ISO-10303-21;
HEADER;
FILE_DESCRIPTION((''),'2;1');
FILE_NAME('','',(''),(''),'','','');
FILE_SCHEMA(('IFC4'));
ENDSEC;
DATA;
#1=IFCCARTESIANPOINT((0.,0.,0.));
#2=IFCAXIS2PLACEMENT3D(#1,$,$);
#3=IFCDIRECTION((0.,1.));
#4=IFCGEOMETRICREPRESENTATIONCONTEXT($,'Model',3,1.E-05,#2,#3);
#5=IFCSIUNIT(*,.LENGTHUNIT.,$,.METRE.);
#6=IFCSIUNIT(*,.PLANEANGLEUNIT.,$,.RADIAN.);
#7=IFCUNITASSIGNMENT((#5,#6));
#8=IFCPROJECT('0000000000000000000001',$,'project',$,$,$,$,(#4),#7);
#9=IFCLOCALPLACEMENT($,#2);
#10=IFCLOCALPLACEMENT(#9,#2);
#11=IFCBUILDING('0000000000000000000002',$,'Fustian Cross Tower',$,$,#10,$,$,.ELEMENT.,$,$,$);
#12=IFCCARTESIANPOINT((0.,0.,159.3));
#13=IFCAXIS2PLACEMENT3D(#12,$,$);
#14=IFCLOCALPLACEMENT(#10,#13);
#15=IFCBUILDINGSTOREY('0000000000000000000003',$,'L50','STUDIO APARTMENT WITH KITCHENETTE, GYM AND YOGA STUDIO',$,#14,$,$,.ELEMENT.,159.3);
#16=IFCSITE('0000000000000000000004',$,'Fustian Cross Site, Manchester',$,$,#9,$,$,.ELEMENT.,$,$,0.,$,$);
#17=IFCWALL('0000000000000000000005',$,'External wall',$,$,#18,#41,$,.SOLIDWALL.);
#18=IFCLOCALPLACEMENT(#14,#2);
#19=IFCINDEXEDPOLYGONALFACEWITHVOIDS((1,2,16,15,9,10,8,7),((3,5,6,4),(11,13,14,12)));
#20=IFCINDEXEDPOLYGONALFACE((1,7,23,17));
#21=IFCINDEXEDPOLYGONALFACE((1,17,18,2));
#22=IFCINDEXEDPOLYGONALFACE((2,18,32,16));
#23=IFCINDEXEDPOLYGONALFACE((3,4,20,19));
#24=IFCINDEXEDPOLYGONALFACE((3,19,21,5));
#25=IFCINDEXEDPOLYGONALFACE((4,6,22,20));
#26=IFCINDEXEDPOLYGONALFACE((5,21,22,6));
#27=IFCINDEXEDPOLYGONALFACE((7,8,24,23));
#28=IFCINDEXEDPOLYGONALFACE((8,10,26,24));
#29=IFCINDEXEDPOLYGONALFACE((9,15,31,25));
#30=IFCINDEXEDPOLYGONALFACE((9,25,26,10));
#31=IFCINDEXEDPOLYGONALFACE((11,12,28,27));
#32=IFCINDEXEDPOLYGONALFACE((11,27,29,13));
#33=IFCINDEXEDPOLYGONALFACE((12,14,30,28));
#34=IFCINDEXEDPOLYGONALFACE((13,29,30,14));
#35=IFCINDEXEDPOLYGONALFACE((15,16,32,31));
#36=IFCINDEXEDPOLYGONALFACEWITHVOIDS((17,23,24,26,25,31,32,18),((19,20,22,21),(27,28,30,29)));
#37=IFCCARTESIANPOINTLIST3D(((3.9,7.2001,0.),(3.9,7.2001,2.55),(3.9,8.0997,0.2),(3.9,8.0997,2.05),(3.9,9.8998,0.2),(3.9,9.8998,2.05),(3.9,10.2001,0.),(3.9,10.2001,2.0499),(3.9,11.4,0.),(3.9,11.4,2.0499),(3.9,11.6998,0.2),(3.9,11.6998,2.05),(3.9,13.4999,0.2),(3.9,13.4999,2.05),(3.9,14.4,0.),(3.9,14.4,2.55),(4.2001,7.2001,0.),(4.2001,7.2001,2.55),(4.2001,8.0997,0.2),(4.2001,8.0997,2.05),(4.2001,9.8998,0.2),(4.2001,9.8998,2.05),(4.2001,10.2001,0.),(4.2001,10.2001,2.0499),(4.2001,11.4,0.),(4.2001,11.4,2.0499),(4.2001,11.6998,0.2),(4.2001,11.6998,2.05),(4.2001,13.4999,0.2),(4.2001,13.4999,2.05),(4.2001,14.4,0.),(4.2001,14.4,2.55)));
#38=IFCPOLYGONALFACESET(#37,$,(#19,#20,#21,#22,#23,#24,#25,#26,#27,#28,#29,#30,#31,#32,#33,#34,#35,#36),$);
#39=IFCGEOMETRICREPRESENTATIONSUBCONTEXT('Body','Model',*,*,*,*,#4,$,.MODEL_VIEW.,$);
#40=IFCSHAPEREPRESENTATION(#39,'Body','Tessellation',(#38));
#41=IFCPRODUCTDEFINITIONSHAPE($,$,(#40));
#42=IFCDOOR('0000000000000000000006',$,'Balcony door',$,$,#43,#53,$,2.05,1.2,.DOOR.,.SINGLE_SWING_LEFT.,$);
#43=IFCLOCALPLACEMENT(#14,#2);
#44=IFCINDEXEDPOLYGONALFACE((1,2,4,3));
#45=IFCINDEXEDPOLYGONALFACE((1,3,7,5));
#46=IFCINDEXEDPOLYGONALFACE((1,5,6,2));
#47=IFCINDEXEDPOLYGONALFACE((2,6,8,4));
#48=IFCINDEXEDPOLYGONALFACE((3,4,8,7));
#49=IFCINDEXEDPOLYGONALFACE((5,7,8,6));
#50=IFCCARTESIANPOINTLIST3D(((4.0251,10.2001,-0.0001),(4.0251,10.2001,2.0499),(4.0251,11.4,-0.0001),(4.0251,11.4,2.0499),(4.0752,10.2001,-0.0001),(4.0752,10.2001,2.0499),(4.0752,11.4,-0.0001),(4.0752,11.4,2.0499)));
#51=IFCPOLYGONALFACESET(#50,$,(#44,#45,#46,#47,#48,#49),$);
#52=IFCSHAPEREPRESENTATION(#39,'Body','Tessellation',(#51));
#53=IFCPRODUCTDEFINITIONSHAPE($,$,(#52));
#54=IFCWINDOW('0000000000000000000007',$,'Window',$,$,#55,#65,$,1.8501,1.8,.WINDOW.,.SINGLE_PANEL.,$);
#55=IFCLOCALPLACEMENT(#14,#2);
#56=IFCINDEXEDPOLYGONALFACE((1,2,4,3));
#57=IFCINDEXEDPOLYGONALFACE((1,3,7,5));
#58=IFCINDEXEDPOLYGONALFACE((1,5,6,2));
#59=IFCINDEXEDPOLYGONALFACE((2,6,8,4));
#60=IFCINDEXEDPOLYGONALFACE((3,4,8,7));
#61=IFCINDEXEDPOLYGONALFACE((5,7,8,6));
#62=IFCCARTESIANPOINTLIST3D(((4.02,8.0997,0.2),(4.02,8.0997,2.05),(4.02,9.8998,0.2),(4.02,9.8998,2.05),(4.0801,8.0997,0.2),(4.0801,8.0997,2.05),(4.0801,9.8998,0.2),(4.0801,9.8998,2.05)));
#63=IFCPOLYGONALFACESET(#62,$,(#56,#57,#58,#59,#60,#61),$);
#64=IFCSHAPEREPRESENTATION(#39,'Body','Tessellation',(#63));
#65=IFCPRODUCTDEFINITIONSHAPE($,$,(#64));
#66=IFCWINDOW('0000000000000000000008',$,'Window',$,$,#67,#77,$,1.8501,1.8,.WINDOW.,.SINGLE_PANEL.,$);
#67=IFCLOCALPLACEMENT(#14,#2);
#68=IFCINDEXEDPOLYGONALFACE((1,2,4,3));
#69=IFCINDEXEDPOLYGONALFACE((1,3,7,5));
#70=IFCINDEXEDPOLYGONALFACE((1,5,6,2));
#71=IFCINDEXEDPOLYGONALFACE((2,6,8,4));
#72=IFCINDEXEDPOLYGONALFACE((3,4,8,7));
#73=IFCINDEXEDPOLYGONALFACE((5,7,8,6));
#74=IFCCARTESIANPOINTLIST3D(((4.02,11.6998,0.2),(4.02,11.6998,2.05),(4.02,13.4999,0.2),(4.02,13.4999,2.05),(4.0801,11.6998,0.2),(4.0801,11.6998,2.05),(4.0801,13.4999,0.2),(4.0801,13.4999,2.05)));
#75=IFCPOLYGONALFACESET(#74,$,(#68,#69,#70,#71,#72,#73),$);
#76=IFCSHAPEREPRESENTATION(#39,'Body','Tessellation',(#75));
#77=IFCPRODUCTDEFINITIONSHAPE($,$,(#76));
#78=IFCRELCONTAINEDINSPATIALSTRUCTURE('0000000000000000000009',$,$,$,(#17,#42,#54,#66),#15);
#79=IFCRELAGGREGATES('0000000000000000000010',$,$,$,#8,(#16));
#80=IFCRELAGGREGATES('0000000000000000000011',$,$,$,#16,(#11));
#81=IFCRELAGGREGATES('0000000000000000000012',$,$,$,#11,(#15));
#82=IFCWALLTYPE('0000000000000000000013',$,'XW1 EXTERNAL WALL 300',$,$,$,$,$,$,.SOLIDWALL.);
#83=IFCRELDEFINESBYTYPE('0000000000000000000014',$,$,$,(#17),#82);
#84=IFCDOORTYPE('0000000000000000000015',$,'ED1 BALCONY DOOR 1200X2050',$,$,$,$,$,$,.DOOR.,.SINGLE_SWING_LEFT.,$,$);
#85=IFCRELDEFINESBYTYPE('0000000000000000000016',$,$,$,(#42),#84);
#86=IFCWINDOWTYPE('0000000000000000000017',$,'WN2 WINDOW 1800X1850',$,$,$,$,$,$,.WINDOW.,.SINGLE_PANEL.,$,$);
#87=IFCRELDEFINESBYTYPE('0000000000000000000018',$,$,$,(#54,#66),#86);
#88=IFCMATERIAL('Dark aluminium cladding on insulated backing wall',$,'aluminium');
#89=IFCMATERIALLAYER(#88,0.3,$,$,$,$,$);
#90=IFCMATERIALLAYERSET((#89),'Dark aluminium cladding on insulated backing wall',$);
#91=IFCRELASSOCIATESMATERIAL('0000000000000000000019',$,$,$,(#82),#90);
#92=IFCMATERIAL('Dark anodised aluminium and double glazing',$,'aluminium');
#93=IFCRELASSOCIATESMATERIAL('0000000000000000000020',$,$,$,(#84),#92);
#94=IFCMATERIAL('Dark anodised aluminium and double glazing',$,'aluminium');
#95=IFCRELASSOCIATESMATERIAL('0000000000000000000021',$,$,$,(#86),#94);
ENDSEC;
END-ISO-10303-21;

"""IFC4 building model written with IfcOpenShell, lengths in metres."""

from ifc_helpers import new_model, si_unit, direction, frame, frame_2d, origin, place, context, subcontext, project, spatial, rectangle, extrude, material, layer, layer_set, type_object, element, fill, save


model = new_model("IFC4")

# Units and contexts
model_context = context("Model", 3, precision=1e-05, world=origin(), true_north=direction((0.0, 1.0)))
body_context = subcontext(model_context, "Body", "Model", "MODEL_VIEW")
ifc_project = project(units=[si_unit("LENGTHUNIT", "METRE"), si_unit("PLANEANGLEUNIT", "RADIAN")], contexts=[model_context])

# Site, building, storey
site_placement = place(None, origin())
site = spatial("IfcSite", under=ifc_project, at=site_placement, Name="Fustian Cross Site, Manchester", CompositionType="ELEMENT", RefElevation=0.0)
building_placement = place(site_placement, origin())
building = spatial("IfcBuilding", under=site, at=building_placement, Name="Fustian Cross Tower", CompositionType="ELEMENT")
storey_placement = place(building_placement, frame((0.0, 0.0, 159.3)))
storey = spatial("IfcBuildingStorey", under=building, at=storey_placement, Name="L50", Description="STUDIO APARTMENT WITH KITCHENETTE, GYM AND YOGA STUDIO", CompositionType="ELEMENT", Elevation=159.3)

# Shared definitions
ifc_material_1 = material(Name="Dark aluminium cladding on insulated backing wall", Category="aluminium")
ifc_layer_1 = layer(ifc_material_1, 0.3)
ifc_layer_set_1 = layer_set([ifc_layer_1], Name="Dark aluminium cladding on insulated backing wall")
wall_type_1 = type_object("IfcWallType", Name="XW1 EXTERNAL WALL 300", PredefinedType="SOLIDWALL", material=ifc_layer_set_1)

# Wall, openings, door, windows
wall_1_placement = place(storey_placement, frame((4.05, 7.2, 0.0), z_axis=(0.0, 0.0, 1.0), x_axis=(0.0, 1.0, 0.0)))
wall_1 = element("IfcWall", 1, at=wall_1_placement, inside=storey, type_object=wall_type_1, Name="External wall", PredefinedType="SOLIDWALL", context=body_context, shape_type="SweptSolid", body=[
    extrude(rectangle(XDim=7.2, YDim=0.3, at=frame_2d((3.6001, 0.0))), origin(), (0.0, 0.0, 1.0), 2.55),
])
opening_1_placement = place(wall_1_placement, frame((3.0, 0.0, 0.0)))
opening_1 = element("IfcOpeningElement", 2, at=opening_1_placement, cuts=wall_1, PredefinedType="OPENING", context=body_context, shape_type="SweptSolid", body=[
    extrude(rectangle(XDim=1.2, YDim=2.05, at=frame_2d((0.6001, 1.0249))), frame((0.0, 0.1599, 0.0), z_axis=(0.0, -1.0, 0.0), x_axis=(1.0, 0.0, 0.0)), (0.0, 0.0, 1.0), 0.3201),
])
opening_2_placement = place(wall_1_placement, frame((0.8999, 0.0, 0.2)))
opening_2 = element("IfcOpeningElement", 3, at=opening_2_placement, cuts=wall_1, PredefinedType="OPENING", context=body_context, shape_type="SweptSolid", body=[
    extrude(rectangle(XDim=1.8, YDim=1.8501, at=frame_2d((0.8999, 0.925))), frame((0.0, 0.1599, 0.0), z_axis=(0.0, -1.0, 0.0), x_axis=(1.0, 0.0, 0.0)), (0.0, 0.0, 1.0), 0.3201),
])
opening_3_placement = place(wall_1_placement, frame((4.5, 0.0, 0.2)))
opening_3 = element("IfcOpeningElement", 4, at=opening_3_placement, cuts=wall_1, PredefinedType="OPENING", context=body_context, shape_type="SweptSolid", body=[
    extrude(rectangle(XDim=1.8, YDim=1.8501, at=frame_2d((0.8999, 0.925))), frame((0.0, 0.1599, 0.0), z_axis=(0.0, -1.0, 0.0), x_axis=(1.0, 0.0, 0.0)), (0.0, 0.0, 1.0), 0.3201),
])
ifc_material_2 = material(Name="Dark anodised aluminium and double glazing", Category="aluminium")
door_type_1 = type_object("IfcDoorType", Name="ED1 BALCONY DOOR 1200X2050", OperationType="SINGLE_SWING_LEFT", PredefinedType="DOOR", material=ifc_material_2)
door_1_placement = place(opening_1_placement, origin())
door_1 = element("IfcDoor", 5, at=door_1_placement, inside=storey, type_object=door_type_1, Name="Balcony door", OperationType="SINGLE_SWING_LEFT", OverallHeight=2.05, OverallWidth=1.2, PredefinedType="DOOR", context=body_context, shape_type="SweptSolid", body=[
    extrude(rectangle(XDim=1.2, YDim=2.05, at=frame_2d((0.6001, 1.0249))), frame((0.0, 0.0249, 0.0), z_axis=(0.0, -1.0, 0.0), x_axis=(1.0, 0.0, 0.0)), (0.0, 0.0, 1.0), 0.05),
])
fill(opening_1, door_1)
ifc_material_3 = material(Name="Dark anodised aluminium and double glazing", Category="aluminium")
window_type = type_object("IfcWindowType", Name="WN2 WINDOW 1800X1850", PartitioningType="SINGLE_PANEL", PredefinedType="WINDOW", material=ifc_material_3)
window_1_placement = place(opening_2_placement, origin())
window_1 = element("IfcWindow", 6, at=window_1_placement, inside=storey, type_object=window_type, Name="Window", OverallHeight=1.8501, OverallWidth=1.8, PartitioningType="SINGLE_PANEL", PredefinedType="WINDOW", context=body_context, shape_type="SweptSolid", body=[
    extrude(rectangle(XDim=1.8, YDim=1.8501, at=frame_2d((0.8999, 0.925))), frame((0.0, 0.03, 0.0), z_axis=(0.0, -1.0, 0.0), x_axis=(1.0, 0.0, 0.0)), (0.0, 0.0, 1.0), 0.0601),
])
fill(opening_2, window_1)
window_2_placement = place(opening_3_placement, origin())
window_2 = element("IfcWindow", 7, at=window_2_placement, inside=storey, type_object=window_type, Name="Window", OverallHeight=1.8501, OverallWidth=1.8, PartitioningType="SINGLE_PANEL", PredefinedType="WINDOW", context=body_context, shape_type="SweptSolid", body=[
    extrude(rectangle(XDim=1.8, YDim=1.8501, at=frame_2d((0.8999, 0.925))), frame((0.0, 0.03, 0.0), z_axis=(0.0, -1.0, 0.0), x_axis=(1.0, 0.0, 0.0)), (0.0, 0.0, 1.0), 0.0601),
])
fill(opening_3, window_2)

save(model, "model.ifc")
